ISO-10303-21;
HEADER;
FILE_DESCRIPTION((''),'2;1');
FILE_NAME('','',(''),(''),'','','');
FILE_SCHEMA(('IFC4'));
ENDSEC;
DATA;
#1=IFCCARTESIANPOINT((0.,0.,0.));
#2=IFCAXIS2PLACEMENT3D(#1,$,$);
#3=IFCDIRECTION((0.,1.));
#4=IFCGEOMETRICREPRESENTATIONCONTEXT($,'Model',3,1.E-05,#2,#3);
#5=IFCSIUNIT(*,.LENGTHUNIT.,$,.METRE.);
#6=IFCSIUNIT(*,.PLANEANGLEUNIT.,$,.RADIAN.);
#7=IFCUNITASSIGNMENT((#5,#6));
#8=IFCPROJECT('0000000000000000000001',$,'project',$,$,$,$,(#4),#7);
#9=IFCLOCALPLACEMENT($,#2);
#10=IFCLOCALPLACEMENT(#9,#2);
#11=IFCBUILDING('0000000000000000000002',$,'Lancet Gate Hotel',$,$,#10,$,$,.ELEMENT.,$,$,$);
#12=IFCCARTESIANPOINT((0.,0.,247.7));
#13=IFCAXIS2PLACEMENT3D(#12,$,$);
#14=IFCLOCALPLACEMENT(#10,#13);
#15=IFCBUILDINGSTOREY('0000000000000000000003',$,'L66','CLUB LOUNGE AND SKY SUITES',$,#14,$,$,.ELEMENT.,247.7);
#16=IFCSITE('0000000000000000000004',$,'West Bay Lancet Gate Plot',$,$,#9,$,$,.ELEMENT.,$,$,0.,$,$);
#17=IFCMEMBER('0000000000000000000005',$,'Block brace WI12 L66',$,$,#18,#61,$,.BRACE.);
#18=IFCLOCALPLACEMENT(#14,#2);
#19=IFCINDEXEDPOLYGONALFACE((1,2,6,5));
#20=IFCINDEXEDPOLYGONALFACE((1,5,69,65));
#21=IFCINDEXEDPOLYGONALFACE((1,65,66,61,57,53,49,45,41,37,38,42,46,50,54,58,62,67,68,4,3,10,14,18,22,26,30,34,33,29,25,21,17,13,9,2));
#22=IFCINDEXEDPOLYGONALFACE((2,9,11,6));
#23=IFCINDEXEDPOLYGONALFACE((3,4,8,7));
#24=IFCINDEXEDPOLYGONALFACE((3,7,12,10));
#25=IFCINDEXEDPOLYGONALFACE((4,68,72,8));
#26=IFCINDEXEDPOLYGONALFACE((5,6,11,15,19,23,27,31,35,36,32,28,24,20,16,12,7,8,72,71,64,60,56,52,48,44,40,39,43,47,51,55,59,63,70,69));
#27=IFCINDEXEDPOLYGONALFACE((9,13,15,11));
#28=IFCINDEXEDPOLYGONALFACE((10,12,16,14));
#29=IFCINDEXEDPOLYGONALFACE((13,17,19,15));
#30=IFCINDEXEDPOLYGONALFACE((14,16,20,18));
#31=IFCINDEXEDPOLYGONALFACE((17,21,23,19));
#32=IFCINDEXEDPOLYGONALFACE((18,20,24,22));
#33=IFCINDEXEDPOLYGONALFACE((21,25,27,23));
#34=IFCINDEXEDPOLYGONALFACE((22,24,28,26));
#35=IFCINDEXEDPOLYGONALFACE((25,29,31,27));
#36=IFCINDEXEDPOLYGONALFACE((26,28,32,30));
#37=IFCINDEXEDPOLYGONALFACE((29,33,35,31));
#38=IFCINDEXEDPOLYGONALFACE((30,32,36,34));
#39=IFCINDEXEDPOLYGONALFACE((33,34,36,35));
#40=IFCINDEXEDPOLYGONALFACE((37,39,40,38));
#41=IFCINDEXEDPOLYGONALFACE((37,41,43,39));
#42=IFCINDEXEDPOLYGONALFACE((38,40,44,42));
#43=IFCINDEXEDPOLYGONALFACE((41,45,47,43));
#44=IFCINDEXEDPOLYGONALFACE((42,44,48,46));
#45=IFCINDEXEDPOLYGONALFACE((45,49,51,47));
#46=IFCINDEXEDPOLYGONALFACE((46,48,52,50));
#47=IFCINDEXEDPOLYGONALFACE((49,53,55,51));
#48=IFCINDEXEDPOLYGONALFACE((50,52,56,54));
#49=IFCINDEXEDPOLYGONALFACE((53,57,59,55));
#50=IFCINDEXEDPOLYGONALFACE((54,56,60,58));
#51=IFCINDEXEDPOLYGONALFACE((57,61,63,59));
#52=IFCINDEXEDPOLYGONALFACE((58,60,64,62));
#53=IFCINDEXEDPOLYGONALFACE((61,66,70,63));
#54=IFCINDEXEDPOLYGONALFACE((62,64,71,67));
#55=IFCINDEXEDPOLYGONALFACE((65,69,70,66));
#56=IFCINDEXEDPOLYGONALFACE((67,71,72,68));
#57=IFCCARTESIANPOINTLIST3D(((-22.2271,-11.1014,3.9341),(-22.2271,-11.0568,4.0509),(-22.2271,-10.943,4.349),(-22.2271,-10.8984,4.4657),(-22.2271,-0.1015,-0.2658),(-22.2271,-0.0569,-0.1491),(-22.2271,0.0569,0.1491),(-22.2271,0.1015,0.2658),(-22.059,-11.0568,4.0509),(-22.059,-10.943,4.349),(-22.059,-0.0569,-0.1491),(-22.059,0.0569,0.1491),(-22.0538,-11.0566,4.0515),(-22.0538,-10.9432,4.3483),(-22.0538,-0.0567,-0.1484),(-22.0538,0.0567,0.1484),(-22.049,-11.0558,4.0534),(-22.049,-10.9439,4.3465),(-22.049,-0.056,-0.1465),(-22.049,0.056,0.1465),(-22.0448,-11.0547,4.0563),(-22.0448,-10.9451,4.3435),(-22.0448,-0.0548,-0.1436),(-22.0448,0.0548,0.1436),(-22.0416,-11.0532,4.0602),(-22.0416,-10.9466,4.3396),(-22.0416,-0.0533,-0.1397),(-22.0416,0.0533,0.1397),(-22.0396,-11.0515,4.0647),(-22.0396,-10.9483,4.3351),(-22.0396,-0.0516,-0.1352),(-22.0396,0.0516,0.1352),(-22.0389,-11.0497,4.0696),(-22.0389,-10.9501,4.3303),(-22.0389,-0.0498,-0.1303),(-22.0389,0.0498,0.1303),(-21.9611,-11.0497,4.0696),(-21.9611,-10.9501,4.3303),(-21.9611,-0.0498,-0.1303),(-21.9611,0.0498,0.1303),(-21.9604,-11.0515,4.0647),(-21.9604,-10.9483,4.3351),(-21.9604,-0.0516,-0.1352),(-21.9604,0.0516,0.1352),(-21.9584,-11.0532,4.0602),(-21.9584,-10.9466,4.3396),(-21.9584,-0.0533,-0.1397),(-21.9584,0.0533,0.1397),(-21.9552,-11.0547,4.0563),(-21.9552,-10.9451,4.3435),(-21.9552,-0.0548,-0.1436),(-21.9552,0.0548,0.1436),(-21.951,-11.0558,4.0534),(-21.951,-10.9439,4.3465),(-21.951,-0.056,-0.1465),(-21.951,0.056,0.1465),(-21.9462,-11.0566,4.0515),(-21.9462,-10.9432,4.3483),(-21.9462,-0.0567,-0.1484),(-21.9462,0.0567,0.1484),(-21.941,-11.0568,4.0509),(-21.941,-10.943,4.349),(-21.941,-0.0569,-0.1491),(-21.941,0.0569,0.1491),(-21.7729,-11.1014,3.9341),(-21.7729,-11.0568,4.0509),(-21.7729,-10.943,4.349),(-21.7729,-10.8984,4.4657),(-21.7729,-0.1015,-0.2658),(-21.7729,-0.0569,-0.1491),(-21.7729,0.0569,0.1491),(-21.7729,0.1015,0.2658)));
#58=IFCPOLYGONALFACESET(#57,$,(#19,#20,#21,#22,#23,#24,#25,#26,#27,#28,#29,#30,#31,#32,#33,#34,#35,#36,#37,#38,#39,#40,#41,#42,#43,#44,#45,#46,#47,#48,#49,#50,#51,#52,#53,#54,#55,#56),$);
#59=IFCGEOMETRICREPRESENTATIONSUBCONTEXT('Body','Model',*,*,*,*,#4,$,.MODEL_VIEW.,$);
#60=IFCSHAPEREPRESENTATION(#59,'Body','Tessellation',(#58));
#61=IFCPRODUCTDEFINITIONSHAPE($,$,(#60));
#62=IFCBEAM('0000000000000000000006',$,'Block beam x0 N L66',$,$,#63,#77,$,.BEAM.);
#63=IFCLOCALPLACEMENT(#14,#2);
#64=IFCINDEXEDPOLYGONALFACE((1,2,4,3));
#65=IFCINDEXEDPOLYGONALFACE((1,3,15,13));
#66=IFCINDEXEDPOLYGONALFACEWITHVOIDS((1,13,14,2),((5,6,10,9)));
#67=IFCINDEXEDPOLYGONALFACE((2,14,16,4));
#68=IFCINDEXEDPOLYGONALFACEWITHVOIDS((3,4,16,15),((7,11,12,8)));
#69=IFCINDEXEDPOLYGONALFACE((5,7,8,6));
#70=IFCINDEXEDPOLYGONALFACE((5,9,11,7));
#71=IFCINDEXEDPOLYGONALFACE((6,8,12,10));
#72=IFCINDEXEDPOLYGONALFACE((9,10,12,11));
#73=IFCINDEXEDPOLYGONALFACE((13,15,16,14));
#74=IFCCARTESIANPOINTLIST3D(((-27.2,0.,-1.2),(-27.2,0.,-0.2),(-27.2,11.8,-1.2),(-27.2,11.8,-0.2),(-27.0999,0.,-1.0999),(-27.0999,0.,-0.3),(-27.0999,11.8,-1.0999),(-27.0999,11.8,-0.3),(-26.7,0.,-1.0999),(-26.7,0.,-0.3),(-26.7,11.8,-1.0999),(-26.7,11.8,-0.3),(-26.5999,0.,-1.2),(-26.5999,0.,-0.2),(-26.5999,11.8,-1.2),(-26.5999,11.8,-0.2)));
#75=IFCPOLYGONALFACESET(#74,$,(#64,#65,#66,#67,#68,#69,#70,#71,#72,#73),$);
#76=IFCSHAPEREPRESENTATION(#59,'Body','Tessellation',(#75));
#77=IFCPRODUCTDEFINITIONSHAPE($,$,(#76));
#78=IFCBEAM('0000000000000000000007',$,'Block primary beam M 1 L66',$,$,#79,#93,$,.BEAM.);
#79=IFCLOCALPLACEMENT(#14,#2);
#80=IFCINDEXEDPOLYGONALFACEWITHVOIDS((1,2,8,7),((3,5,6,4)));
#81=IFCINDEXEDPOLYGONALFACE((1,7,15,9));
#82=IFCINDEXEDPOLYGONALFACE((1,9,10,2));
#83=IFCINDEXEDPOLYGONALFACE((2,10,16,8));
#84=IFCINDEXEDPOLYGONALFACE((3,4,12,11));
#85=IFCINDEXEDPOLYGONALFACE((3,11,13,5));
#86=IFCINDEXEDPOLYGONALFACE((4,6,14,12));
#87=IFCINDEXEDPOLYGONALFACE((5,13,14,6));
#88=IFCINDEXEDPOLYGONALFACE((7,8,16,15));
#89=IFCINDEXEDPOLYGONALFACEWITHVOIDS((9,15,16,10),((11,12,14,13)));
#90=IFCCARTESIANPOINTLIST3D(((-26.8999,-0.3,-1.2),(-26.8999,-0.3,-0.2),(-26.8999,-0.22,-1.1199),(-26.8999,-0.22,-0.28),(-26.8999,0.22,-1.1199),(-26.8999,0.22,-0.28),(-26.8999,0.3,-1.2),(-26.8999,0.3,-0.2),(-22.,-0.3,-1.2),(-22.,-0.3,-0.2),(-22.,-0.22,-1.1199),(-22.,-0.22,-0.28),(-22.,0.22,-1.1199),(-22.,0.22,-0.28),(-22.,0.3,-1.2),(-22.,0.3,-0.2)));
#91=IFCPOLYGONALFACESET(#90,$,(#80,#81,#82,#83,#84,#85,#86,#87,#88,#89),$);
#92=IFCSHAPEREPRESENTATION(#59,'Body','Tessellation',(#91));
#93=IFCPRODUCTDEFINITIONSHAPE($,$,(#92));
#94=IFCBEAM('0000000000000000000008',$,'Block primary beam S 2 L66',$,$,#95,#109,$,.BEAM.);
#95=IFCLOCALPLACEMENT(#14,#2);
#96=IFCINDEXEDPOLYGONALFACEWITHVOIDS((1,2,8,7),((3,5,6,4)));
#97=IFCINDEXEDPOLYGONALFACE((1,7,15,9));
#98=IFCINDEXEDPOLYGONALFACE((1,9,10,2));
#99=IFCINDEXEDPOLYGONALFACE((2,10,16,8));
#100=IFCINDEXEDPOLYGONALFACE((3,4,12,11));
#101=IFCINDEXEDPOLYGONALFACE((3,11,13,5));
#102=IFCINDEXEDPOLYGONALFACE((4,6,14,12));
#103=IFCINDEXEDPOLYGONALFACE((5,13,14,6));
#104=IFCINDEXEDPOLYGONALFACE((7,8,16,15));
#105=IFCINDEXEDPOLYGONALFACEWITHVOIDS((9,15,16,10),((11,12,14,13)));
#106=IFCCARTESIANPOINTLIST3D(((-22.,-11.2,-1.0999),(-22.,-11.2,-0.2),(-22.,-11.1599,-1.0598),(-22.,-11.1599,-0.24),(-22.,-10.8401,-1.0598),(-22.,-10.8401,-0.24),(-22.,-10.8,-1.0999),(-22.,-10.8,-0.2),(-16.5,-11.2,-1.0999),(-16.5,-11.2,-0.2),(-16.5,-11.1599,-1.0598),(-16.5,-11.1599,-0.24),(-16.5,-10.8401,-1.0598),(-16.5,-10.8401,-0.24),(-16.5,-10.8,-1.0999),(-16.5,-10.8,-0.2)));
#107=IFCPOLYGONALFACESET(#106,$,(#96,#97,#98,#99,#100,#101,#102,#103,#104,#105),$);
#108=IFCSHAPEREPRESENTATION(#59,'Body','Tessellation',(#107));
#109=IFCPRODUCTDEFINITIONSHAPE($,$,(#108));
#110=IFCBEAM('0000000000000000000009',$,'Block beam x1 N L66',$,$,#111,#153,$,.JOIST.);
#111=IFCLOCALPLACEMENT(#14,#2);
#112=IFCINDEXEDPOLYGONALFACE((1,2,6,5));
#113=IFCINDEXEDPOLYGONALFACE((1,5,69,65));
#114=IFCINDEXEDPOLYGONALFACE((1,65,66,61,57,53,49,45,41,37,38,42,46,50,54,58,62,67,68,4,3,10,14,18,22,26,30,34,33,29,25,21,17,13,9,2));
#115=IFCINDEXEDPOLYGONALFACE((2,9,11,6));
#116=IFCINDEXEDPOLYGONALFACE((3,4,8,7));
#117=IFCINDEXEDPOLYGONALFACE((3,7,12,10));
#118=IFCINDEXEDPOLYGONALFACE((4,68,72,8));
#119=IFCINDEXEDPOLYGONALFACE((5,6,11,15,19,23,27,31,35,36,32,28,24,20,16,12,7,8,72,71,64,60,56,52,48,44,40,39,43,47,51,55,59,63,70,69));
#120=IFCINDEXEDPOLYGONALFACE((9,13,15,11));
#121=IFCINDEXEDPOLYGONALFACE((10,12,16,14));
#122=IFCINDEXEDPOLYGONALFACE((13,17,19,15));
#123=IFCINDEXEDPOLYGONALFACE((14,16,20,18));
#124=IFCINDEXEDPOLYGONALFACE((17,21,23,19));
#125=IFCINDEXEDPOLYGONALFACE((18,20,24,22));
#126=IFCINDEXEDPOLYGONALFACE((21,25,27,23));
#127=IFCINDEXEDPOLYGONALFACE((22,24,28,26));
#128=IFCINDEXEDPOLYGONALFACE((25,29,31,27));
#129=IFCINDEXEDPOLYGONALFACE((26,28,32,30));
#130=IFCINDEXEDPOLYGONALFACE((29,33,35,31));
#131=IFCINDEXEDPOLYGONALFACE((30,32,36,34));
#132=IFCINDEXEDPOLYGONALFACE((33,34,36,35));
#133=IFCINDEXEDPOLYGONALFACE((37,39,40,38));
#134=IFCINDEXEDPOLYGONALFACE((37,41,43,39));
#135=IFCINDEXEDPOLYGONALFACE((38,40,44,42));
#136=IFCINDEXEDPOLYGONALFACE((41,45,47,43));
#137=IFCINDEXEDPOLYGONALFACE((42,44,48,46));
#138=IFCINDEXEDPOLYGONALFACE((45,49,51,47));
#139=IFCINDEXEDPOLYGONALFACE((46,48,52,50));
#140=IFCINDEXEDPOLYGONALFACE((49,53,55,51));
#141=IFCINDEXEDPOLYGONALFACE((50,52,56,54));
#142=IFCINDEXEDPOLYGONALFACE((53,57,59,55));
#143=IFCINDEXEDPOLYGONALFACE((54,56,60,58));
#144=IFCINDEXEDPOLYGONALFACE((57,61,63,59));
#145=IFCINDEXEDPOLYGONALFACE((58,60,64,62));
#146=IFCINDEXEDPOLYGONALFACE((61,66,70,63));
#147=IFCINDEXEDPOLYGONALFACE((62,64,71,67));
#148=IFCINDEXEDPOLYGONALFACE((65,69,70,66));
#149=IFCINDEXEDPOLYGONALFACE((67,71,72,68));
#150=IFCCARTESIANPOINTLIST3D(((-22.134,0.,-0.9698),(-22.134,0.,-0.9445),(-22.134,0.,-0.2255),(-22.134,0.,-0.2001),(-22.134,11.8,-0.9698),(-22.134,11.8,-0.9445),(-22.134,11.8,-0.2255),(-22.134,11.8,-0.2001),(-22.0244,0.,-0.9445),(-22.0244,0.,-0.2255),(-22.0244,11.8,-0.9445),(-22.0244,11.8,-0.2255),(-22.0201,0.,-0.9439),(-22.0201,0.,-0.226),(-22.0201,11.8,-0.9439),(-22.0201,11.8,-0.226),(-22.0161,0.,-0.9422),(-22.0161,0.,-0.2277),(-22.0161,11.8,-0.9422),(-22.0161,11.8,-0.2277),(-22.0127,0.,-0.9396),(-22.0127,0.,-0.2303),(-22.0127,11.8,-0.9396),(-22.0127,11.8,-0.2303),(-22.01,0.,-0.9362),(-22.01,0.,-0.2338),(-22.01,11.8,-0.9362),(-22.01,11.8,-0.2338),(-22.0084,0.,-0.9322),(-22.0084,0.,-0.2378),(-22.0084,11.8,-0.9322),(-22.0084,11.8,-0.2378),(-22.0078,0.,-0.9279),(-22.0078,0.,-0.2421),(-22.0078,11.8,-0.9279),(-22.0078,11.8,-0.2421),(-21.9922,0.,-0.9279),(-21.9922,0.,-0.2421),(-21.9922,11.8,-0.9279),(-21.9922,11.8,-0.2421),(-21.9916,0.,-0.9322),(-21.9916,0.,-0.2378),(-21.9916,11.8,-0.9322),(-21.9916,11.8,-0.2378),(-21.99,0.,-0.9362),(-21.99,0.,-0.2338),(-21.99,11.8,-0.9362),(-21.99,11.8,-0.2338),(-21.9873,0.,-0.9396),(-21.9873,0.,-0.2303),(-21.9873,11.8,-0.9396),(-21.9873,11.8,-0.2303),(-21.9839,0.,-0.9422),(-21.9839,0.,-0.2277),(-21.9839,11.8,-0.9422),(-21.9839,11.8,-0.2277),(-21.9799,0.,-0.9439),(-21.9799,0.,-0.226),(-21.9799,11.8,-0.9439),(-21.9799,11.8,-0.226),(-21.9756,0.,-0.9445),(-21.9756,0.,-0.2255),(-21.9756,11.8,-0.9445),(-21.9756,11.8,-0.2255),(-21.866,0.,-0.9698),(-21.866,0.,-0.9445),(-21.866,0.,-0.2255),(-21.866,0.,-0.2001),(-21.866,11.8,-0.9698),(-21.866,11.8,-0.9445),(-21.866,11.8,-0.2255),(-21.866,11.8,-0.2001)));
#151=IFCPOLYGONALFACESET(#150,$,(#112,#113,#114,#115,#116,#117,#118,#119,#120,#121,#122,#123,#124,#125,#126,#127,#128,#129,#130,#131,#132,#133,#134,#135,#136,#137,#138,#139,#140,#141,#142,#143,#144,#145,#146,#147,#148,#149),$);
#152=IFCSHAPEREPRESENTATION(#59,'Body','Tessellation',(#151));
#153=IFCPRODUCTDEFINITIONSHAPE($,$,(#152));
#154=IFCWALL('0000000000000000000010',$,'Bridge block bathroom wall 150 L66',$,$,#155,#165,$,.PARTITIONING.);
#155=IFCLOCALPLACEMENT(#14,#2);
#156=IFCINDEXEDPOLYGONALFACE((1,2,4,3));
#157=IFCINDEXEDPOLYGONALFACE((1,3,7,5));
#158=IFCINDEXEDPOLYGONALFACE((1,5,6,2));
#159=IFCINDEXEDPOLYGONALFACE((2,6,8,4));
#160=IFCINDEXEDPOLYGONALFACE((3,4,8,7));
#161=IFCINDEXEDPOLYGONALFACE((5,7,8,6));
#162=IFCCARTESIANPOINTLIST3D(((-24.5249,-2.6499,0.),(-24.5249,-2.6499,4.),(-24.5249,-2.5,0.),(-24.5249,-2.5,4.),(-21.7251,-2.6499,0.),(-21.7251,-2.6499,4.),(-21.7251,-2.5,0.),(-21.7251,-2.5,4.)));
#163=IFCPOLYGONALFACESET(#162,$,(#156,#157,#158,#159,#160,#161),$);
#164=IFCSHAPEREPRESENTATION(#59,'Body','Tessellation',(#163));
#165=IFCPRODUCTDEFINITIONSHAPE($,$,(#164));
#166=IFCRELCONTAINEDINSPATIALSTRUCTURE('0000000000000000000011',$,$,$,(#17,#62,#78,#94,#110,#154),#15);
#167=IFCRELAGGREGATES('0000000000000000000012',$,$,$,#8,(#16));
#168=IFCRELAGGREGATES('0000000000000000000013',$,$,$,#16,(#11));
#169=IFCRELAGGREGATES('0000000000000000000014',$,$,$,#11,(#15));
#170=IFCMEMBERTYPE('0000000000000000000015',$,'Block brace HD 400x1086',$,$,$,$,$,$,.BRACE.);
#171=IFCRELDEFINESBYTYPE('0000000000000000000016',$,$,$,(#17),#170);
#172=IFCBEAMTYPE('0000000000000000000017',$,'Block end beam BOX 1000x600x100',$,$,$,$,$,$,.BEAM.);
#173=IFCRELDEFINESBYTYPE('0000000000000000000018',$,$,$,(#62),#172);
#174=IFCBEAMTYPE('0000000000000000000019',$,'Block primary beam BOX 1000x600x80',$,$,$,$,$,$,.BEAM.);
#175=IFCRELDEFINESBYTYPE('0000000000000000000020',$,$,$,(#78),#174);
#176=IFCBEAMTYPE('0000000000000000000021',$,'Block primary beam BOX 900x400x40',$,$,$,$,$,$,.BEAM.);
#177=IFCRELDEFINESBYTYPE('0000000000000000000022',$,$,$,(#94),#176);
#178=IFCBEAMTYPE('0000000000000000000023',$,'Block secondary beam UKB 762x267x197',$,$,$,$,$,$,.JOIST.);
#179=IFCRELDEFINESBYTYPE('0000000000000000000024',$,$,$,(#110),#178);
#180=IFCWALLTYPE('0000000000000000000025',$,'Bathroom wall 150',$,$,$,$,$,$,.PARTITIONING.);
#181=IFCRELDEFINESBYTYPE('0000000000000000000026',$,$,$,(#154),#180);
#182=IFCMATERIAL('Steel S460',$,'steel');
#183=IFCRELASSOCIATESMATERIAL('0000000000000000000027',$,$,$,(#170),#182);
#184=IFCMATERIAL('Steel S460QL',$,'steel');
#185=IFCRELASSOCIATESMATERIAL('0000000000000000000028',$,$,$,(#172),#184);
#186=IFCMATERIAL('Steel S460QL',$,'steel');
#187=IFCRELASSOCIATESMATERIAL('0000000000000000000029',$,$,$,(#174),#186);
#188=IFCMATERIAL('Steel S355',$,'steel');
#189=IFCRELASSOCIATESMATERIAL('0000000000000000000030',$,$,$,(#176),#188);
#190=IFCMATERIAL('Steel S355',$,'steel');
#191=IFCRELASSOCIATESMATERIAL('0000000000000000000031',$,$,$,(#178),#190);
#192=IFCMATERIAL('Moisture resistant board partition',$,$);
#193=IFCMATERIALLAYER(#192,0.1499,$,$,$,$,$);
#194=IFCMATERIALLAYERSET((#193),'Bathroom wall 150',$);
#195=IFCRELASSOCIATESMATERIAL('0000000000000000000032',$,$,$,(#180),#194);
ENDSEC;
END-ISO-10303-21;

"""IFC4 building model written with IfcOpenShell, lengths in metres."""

from ifc_helpers import new_model, si_unit, direction, frame, frame_2d, origin, origin_2d, place, context, subcontext, project, spatial, rectangle, hollow_rectangle, i_section, extrude, material, layer, layer_set, material_profile, profile_set, type_object, element, save


model = new_model("IFC4")

# Units and contexts
model_context = context("Model", 3, precision=1e-05, world=origin(), true_north=direction((0.0, 1.0)))
body_context = subcontext(model_context, "Body", "Model", "MODEL_VIEW")
ifc_project = project(units=[si_unit("LENGTHUNIT", "METRE"), si_unit("PLANEANGLEUNIT", "RADIAN")], contexts=[model_context])

# Site, building, storey
site_placement = place(None, origin())
site = spatial("IfcSite", under=ifc_project, at=site_placement, Name="West Bay Lancet Gate Plot", CompositionType="ELEMENT", RefElevation=0.0)
building_placement = place(site_placement, origin())
building = spatial("IfcBuilding", under=site, at=building_placement, Name="Lancet Gate Hotel", CompositionType="ELEMENT")
storey_placement = place(building_placement, frame((0.0, 0.0, 247.7)))
storey = spatial("IfcBuildingStorey", under=building, at=storey_placement, Name="L66", Description="CLUB LOUNGE AND SKY SUITES", CompositionType="ELEMENT", Elevation=247.7)

# Member
ifc_material_1 = material(Name="Steel S460", Category="steel")
ifc_material_profile_1 = material_profile(ifc_material_1, i_section(OverallWidth=0.4541, OverallDepth=0.5691, WebThickness=0.0779, FlangeThickness=0.125, FilletRadius=0.02, at=origin_2d()), Name="HD 400x1086")
ifc_profile_set_1 = profile_set([ifc_material_profile_1], Name="Steel S460")
member_type = type_object("IfcMemberType", Name="Block brace HD 400x1086", PredefinedType="BRACE", material=ifc_profile_set_1)
member_1_placement = place(storey_placement, frame((-22.0, 0.0, 0.0), z_axis=(0.0, -0.93422, 0.356698), x_axis=(1.0, 0.0, 0.0)))
element("IfcMember", 1, at=member_1_placement, inside=storey, type_object=member_type, Name="Block brace WI12 L66", PredefinedType="BRACE", context=body_context, shape_type="SweptSolid", body=[
    extrude(i_section(OverallWidth=0.4541, OverallDepth=0.5691, WebThickness=0.0779, FlangeThickness=0.125, FilletRadius=0.02, at=origin_2d()), origin(), (0.0, 0.0, 1.0), 11.7744),
])

# Beams
ifc_material_2 = material(Name="Steel S460QL", Category="steel")
ifc_material_profile_2 = material_profile(ifc_material_2, hollow_rectangle(XDim=0.6001, YDim=1.0, WallThickness=0.1001, at=origin_2d()), Name="BOX 1000x600x100")
ifc_profile_set_2 = profile_set([ifc_material_profile_2], Name="Steel S460QL")
beam_type_1 = type_object("IfcBeamType", Name="Block end beam BOX 1000x600x100", PredefinedType="BEAM", material=ifc_profile_set_2)
beam_1_placement = place(storey_placement, frame((-26.8999, 0.0, -0.7), z_axis=(0.0, 1.0, 0.0), x_axis=(-1.0, 0.0, 0.0)))
element("IfcBeam", 2, at=beam_1_placement, inside=storey, type_object=beam_type_1, Name="Block beam x0 N L66", PredefinedType="BEAM", context=body_context, shape_type="SweptSolid", body=[
    extrude(hollow_rectangle(XDim=0.6001, YDim=1.0, WallThickness=0.1001, at=origin_2d()), origin(), (0.0, 0.0, 1.0), 11.8),
])
ifc_material_3 = material(Name="Steel S460QL", Category="steel")
ifc_material_profile_3 = material_profile(ifc_material_3, hollow_rectangle(XDim=0.6001, YDim=1.0, WallThickness=0.0801, at=origin_2d()), Name="BOX 1000x600x80")
ifc_profile_set_3 = profile_set([ifc_material_profile_3], Name="Steel S460QL")
beam_type_2 = type_object("IfcBeamType", Name="Block primary beam BOX 1000x600x80", PredefinedType="BEAM", material=ifc_profile_set_3)
beam_2_placement = place(storey_placement, frame((-26.8999, 0.0, -0.7), z_axis=(1.0, 0.0, 0.0), x_axis=(0.0, 1.0, 0.0)))
element("IfcBeam", 3, at=beam_2_placement, inside=storey, type_object=beam_type_2, Name="Block primary beam M 1 L66", PredefinedType="BEAM", context=body_context, shape_type="SweptSolid", body=[
    extrude(hollow_rectangle(XDim=0.6001, YDim=1.0, WallThickness=0.0801, at=origin_2d()), origin(), (0.0, 0.0, 1.0), 4.8999),
])
ifc_material_4 = material(Name="Steel S355", Category="steel")
ifc_material_profile_4 = material_profile(ifc_material_4, hollow_rectangle(XDim=0.3999, YDim=0.8999, WallThickness=0.04, at=origin_2d()), Name="BOX 900x400x40")
ifc_profile_set_4 = profile_set([ifc_material_profile_4], Name="Steel S355")
beam_type_3 = type_object("IfcBeamType", Name="Block primary beam BOX 900x400x40", PredefinedType="BEAM", material=ifc_profile_set_4)
beam_3_placement = place(storey_placement, frame((-22.0, -11.0, -0.6499), z_axis=(1.0, 0.0, 0.0), x_axis=(0.0, 1.0, 0.0)))
element("IfcBeam", 4, at=beam_3_placement, inside=storey, type_object=beam_type_3, Name="Block primary beam S 2 L66", PredefinedType="BEAM", context=body_context, shape_type="SweptSolid", body=[
    extrude(hollow_rectangle(XDim=0.3999, YDim=0.8999, WallThickness=0.04, at=origin_2d()), origin(), (0.0, 0.0, 1.0), 5.5),
])
ifc_material_5 = material(Name="Steel S355", Category="steel")
ifc_material_profile_5 = material_profile(ifc_material_5, i_section(OverallWidth=0.2681, OverallDepth=0.7698, WebThickness=0.0156, FlangeThickness=0.0254, FilletRadius=0.0166, at=origin_2d()), Name="UKB 762x267x197")
ifc_profile_set_5 = profile_set([ifc_material_profile_5], Name="Steel S355")
beam_type_4 = type_object("IfcBeamType", Name="Block secondary beam UKB 762x267x197", PredefinedType="JOIST", material=ifc_profile_set_5)
beam_4_placement = place(storey_placement, frame((-22.0, 0.0, -0.585), z_axis=(0.0, 1.0, 0.0), x_axis=(-1.0, 0.0, 0.0)))
element("IfcBeam", 5, at=beam_4_placement, inside=storey, type_object=beam_type_4, Name="Block beam x1 N L66", PredefinedType="JOIST", context=body_context, shape_type="SweptSolid", body=[
    extrude(i_section(OverallWidth=0.2681, OverallDepth=0.7698, WebThickness=0.0156, FlangeThickness=0.0254, FilletRadius=0.0166, at=origin_2d()), origin(), (0.0, 0.0, 1.0), 11.8),
])

# Wall
ifc_material_6 = material(Name="Moisture resistant board partition")
ifc_layer_1 = layer(ifc_material_6, 0.1499)
ifc_layer_set_1 = layer_set([ifc_layer_1], Name="Bathroom wall 150")
wall_type_1 = type_object("IfcWallType", Name="Bathroom wall 150", PredefinedType="PARTITIONING", material=ifc_layer_set_1)
wall_1_placement = place(storey_placement, frame((-24.5249, -2.575, 0.0), z_axis=(0.0, 0.0, 1.0), x_axis=(1.0, 0.0, 0.0)))
element("IfcWall", 6, at=wall_1_placement, inside=storey, type_object=wall_type_1, Name="Bridge block bathroom wall 150 L66", PredefinedType="PARTITIONING", context=body_context, shape_type="SweptSolid", body=[
    extrude(rectangle(XDim=2.7998, YDim=0.1499, at=frame_2d((1.3999, 0.0))), origin(), (0.0, 0.0, 1.0), 4.0),
])

save(model, "model.ifc")
